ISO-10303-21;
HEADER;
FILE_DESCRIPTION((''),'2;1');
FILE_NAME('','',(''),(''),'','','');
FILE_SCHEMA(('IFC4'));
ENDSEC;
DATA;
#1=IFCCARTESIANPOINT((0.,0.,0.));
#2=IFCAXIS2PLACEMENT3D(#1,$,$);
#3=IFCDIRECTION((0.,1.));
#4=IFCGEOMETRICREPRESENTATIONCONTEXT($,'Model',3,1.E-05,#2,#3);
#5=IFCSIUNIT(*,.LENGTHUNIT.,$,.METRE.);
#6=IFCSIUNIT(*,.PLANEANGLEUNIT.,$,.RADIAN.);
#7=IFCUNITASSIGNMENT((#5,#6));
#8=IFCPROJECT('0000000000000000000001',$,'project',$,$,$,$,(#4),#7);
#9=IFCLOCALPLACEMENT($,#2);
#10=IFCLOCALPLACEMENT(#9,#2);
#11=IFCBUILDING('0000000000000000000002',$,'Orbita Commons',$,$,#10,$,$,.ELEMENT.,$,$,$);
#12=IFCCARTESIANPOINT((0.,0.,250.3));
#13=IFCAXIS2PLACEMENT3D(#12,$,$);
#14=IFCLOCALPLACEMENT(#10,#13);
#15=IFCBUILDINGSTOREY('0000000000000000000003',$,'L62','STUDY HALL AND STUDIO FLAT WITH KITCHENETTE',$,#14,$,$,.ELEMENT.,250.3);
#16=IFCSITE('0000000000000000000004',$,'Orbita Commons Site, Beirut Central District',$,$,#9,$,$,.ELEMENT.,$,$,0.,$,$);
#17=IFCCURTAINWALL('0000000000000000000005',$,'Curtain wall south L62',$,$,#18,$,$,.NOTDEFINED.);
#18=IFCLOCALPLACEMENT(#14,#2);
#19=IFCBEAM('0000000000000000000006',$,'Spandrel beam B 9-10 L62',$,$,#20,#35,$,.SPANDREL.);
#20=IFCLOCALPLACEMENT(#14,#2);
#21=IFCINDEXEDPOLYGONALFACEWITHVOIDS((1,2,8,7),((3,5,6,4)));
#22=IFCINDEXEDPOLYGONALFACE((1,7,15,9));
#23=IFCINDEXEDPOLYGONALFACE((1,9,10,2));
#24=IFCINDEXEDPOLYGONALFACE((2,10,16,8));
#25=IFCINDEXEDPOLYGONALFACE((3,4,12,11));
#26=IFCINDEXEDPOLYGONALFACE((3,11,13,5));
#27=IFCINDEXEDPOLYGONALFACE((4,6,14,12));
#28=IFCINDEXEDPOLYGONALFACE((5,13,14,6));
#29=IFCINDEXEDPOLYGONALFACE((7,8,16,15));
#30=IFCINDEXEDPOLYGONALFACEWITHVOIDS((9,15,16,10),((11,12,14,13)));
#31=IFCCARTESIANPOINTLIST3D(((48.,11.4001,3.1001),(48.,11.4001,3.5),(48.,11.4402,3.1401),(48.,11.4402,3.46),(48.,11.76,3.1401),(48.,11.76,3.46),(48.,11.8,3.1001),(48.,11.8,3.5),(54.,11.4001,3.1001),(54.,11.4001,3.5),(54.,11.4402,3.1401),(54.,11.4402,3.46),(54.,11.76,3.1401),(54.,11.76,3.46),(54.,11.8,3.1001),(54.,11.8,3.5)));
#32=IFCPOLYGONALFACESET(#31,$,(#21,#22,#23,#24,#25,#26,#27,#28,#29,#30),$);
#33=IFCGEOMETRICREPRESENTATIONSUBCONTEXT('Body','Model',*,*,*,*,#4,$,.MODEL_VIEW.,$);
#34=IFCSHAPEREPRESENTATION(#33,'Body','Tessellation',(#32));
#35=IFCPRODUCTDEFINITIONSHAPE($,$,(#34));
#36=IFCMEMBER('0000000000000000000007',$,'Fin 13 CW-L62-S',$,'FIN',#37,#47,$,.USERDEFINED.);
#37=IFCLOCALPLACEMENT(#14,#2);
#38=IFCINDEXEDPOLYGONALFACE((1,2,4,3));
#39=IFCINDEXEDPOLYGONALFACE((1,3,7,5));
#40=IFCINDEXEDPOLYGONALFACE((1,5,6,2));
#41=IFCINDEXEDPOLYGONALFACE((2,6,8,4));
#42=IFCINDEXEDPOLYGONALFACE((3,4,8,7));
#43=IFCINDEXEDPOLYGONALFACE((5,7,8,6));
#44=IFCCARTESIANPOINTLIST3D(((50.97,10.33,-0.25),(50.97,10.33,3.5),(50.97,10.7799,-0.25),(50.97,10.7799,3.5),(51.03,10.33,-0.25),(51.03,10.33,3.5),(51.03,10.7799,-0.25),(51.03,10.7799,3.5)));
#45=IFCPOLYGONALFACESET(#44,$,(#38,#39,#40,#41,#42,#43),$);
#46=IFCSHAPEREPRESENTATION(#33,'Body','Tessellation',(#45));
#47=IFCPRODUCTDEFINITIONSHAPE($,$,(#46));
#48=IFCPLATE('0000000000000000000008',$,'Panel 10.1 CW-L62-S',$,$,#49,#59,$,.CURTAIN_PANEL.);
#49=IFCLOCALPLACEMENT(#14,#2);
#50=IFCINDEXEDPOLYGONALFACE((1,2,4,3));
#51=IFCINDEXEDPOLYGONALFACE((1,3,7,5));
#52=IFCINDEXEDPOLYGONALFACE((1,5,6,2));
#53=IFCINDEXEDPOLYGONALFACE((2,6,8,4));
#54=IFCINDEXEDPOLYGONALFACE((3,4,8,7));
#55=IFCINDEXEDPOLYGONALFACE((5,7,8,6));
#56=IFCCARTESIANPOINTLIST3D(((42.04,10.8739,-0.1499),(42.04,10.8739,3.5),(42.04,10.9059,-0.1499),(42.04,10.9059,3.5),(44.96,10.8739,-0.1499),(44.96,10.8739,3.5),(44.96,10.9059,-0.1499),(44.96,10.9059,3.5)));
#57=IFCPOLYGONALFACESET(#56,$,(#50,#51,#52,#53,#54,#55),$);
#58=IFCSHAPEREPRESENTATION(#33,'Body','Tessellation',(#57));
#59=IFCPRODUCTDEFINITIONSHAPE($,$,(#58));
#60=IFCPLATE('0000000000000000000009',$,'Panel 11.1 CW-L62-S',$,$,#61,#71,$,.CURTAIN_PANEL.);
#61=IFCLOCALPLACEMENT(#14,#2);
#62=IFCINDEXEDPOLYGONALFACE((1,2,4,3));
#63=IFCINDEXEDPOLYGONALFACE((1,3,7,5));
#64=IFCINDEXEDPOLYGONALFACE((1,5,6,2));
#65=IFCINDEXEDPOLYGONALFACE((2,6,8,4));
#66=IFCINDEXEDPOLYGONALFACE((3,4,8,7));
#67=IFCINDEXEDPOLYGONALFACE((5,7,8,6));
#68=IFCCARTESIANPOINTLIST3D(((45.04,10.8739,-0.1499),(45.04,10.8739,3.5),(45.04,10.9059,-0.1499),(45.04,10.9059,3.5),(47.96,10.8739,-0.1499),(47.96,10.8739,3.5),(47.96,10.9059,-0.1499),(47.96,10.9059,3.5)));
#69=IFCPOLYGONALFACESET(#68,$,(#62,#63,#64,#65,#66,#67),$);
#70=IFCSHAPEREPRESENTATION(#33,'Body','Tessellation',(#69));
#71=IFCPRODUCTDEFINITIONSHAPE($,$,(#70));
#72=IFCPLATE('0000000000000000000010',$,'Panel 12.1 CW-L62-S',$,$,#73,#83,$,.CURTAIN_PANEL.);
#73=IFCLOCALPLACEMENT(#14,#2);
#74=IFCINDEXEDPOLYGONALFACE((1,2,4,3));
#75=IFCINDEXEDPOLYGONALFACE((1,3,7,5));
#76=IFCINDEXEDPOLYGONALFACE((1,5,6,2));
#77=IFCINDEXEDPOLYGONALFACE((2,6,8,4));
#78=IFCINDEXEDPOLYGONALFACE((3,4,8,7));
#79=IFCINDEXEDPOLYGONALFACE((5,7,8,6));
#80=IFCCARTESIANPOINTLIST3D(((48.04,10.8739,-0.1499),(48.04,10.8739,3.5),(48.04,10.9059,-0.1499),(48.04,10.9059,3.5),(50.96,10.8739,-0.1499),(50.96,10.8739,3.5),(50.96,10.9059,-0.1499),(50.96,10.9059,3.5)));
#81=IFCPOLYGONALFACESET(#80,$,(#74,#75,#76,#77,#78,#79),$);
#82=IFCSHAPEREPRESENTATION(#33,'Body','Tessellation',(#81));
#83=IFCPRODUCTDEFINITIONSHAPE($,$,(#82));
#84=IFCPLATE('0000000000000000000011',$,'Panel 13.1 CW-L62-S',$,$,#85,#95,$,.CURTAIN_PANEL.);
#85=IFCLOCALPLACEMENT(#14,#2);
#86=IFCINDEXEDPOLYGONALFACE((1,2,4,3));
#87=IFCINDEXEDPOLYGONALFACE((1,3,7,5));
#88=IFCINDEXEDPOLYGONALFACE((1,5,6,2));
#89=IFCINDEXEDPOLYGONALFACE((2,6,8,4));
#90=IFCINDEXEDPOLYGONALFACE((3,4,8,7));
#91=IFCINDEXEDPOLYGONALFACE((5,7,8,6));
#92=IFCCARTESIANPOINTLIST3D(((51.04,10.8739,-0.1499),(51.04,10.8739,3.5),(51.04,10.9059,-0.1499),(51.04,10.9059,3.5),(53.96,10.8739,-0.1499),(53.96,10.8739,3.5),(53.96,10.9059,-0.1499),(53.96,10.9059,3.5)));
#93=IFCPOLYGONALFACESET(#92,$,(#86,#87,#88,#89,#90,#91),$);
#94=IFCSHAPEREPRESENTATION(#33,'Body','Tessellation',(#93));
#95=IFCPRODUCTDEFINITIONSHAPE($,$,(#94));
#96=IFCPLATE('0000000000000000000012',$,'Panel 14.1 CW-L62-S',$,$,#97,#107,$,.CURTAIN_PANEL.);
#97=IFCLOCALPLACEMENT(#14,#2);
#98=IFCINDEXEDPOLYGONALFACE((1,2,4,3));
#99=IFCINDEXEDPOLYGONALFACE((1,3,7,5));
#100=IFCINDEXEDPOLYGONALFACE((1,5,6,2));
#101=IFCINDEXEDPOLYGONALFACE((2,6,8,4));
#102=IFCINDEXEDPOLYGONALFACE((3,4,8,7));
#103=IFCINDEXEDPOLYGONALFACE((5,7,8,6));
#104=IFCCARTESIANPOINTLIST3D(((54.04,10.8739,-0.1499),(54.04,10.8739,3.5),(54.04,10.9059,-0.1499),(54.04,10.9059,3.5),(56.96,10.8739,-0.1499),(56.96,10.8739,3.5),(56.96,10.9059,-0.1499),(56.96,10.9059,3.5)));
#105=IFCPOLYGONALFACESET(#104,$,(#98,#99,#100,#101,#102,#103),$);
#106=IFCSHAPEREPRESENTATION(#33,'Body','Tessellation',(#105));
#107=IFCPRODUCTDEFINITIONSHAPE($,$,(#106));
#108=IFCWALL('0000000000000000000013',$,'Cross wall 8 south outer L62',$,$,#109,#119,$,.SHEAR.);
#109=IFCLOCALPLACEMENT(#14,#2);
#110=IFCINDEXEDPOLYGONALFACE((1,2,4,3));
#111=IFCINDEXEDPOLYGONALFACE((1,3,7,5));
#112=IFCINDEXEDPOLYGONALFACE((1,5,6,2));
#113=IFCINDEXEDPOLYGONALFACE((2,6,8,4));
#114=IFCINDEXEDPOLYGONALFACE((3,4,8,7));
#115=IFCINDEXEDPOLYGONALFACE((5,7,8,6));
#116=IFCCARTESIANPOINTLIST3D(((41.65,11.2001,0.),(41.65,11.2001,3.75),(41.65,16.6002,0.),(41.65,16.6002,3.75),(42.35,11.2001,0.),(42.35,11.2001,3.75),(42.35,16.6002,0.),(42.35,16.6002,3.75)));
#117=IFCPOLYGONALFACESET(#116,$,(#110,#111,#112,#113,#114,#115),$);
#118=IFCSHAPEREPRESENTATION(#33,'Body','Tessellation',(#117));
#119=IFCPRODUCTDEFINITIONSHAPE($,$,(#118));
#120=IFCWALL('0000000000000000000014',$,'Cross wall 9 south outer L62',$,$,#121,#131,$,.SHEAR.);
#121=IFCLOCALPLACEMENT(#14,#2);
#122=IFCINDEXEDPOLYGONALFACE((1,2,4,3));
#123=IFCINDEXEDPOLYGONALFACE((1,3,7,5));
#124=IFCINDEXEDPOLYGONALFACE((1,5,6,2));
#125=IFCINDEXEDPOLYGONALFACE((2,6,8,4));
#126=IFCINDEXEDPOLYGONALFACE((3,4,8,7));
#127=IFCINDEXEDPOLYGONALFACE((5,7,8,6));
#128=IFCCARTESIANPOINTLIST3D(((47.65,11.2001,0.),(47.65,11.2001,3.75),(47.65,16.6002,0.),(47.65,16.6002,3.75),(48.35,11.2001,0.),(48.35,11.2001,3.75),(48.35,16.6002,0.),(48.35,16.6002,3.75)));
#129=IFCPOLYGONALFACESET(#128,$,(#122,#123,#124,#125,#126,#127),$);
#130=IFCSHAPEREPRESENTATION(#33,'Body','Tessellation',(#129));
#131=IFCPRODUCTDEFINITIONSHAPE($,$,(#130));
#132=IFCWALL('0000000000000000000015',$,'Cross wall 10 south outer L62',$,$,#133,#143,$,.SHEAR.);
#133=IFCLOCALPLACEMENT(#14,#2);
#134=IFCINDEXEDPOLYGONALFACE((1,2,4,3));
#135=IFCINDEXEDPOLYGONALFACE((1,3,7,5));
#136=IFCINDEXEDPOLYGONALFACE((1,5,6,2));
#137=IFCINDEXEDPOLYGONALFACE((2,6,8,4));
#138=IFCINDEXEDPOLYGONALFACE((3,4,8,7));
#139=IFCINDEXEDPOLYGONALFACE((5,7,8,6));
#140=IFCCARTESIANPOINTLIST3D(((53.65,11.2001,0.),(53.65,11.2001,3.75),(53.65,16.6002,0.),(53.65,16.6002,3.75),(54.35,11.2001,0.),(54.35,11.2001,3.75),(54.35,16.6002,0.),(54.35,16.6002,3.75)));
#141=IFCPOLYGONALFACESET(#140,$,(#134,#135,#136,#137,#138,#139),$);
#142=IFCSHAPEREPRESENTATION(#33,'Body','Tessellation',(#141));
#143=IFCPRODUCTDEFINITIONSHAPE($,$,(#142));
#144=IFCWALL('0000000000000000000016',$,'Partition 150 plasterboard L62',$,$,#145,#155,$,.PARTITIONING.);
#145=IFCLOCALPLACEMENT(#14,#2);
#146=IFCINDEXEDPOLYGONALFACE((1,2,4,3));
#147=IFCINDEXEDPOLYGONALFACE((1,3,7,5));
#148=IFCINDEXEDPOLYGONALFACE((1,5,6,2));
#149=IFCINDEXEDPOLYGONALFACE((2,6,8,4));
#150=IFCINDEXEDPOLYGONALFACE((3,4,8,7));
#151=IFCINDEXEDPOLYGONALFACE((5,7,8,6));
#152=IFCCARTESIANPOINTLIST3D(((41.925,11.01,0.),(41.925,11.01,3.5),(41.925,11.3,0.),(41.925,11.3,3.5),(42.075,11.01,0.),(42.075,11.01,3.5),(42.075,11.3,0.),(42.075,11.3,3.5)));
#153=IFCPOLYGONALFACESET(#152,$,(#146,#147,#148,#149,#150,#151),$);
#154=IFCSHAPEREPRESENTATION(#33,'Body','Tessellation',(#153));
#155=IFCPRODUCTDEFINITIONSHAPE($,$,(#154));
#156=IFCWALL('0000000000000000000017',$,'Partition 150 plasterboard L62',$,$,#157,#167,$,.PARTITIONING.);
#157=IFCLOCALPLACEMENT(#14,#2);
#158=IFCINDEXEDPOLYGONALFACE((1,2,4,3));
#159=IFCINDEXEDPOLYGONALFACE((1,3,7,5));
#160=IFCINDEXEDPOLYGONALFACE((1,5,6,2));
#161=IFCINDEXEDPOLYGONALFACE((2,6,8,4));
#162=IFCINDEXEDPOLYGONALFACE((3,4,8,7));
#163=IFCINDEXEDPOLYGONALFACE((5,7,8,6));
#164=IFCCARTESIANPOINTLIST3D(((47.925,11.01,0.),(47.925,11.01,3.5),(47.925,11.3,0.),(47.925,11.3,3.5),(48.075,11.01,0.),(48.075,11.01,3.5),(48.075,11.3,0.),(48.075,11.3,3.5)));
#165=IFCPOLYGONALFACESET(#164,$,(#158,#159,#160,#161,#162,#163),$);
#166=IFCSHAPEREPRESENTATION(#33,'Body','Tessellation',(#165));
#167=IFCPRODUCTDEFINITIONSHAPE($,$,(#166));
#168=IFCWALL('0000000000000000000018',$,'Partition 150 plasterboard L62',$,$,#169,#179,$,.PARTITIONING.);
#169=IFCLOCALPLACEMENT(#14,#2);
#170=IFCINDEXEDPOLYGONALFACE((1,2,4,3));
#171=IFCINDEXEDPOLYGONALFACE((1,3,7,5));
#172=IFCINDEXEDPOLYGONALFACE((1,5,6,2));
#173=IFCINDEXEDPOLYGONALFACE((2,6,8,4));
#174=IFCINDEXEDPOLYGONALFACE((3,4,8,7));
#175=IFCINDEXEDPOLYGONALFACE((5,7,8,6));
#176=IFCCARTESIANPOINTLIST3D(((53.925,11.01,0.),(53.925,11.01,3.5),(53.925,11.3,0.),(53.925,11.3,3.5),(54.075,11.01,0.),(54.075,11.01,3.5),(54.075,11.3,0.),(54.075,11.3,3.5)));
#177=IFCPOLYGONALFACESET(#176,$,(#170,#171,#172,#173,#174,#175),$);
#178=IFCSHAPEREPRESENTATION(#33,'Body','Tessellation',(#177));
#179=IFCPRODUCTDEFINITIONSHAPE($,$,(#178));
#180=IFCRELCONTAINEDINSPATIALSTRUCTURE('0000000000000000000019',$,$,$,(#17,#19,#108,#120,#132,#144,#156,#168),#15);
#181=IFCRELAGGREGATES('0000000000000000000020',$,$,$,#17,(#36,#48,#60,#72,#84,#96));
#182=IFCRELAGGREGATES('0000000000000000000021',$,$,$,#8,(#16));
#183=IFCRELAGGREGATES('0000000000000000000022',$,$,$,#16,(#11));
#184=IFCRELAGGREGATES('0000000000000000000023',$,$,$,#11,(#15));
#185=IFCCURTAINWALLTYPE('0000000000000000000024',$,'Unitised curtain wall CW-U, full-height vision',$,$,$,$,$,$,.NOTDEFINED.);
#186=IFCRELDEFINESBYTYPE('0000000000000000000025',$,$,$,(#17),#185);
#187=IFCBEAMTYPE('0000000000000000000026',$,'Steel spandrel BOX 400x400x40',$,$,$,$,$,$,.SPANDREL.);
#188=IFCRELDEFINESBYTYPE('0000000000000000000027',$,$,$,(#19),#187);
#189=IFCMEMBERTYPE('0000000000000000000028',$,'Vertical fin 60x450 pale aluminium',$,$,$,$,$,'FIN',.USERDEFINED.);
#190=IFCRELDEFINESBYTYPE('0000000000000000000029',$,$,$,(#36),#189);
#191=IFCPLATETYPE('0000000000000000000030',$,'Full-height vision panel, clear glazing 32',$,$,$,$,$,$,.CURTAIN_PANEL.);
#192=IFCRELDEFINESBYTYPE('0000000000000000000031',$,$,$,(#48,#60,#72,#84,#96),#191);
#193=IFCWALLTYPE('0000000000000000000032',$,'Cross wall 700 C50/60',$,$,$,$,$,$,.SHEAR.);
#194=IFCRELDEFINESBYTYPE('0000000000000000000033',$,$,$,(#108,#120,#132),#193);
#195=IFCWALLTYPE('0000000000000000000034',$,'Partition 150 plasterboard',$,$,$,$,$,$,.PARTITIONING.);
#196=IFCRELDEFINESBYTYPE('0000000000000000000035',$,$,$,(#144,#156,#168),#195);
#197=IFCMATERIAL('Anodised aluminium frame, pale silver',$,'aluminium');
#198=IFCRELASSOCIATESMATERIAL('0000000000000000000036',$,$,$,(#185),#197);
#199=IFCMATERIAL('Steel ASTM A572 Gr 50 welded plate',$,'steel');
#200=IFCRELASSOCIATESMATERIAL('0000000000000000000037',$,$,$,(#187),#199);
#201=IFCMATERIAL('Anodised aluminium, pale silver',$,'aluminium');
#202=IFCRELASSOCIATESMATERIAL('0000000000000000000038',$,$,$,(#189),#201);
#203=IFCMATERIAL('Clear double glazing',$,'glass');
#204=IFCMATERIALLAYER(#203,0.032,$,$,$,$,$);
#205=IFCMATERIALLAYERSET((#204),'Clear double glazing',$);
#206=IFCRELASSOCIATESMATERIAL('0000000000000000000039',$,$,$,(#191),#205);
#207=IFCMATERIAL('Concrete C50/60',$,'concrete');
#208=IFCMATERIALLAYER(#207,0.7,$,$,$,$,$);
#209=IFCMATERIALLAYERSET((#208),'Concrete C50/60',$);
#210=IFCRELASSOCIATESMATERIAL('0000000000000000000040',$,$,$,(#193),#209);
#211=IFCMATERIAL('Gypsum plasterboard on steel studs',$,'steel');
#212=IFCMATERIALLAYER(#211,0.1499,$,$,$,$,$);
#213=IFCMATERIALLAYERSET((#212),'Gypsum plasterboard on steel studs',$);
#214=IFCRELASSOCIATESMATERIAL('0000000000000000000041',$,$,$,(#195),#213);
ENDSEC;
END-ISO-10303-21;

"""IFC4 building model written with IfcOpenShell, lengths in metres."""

from ifc_helpers import new_model, si_unit, direction, frame, frame_2d, origin, origin_2d, place, context, subcontext, project, spatial, rectangle, hollow_rectangle, extrude, material, layer, layer_set, material_profile, profile_set, type_object, element, aggregate, save


model = new_model("IFC4")

# Units and contexts
model_context = context("Model", 3, precision=1e-05, world=origin(), true_north=direction((0.0, 1.0)))
body_context = subcontext(model_context, "Body", "Model", "MODEL_VIEW")
ifc_project = project(units=[si_unit("LENGTHUNIT", "METRE"), si_unit("PLANEANGLEUNIT", "RADIAN")], contexts=[model_context])

# Site, building, storey
site_placement = place(None, origin())
site = spatial("IfcSite", under=ifc_project, at=site_placement, Name="Orbita Commons Site, Beirut Central District", CompositionType="ELEMENT", RefElevation=0.0)
building_placement = place(site_placement, origin())
building = spatial("IfcBuilding", under=site, at=building_placement, Name="Orbita Commons", CompositionType="ELEMENT")
storey_placement = place(building_placement, frame((0.0, 0.0, 250.3)))
storey = spatial("IfcBuildingStorey", under=building, at=storey_placement, Name="L62", Description="STUDY HALL AND STUDIO FLAT WITH KITCHENETTE", CompositionType="ELEMENT", Elevation=250.3)

# Curtain wall
ifc_material_1 = material(Name="Anodised aluminium frame, pale silver", Category="aluminium")
curtain_wall_type = type_object("IfcCurtainWallType", Name="Unitised curtain wall CW-U, full-height vision", PredefinedType="NOTDEFINED", material=ifc_material_1)
curtain_wall_placement = place(storey_placement, origin())
curtain_wall = element("IfcCurtainWall", 1, at=curtain_wall_placement, inside=storey, type_object=curtain_wall_type, Name="Curtain wall south L62", PredefinedType="NOTDEFINED")

# Beam
ifc_material_2 = material(Name="Steel ASTM A572 Gr 50 welded plate", Category="steel")
ifc_material_profile_1 = material_profile(ifc_material_2, hollow_rectangle(XDim=0.3999, YDim=0.3999, WallThickness=0.04, at=origin_2d()), Name="BOX 400x400x40")
ifc_profile_set_1 = profile_set([ifc_material_profile_1], Name="Steel ASTM A572 Gr 50 welded plate")
beam_type = type_object("IfcBeamType", Name="Steel spandrel BOX 400x400x40", PredefinedType="SPANDREL", material=ifc_profile_set_1)
for number, where, z_axis, x_axis, name in (
    (2, (48.0, 11.6001, 3.3), (1.0, 0.0, 0.0), (0.0, 1.0, 0.0), "Spandrel beam B 9-10 L62"),
):
    element("IfcBeam", number, at=place(storey_placement, frame(where, z_axis=z_axis, x_axis=x_axis)), inside=storey, type_object=beam_type, Name=name, PredefinedType="SPANDREL", context=body_context, shape_type="SweptSolid", body=[
        extrude(hollow_rectangle(XDim=0.3999, YDim=0.3999, WallThickness=0.04, at=origin_2d()), origin(), (0.0, 0.0, 1.0), 6.0),
    ])

# Member
ifc_material_3 = material(Name="Anodised aluminium, pale silver", Category="aluminium")
ifc_material_profile_2 = material_profile(ifc_material_3, rectangle(XDim=0.0601, YDim=0.45, at=origin_2d()), Name="FIN 60x450")
ifc_profile_set_2 = profile_set([ifc_material_profile_2], Name="Anodised aluminium, pale silver")
member_type_1 = type_object("IfcMemberType", Name="Vertical fin 60x450 pale aluminium", ElementType="FIN", PredefinedType="USERDEFINED", material=ifc_profile_set_2)
member_1_placement = place(storey_placement, frame((51.0, 10.5549, -0.25), z_axis=(0.0, 0.0, 1.0), x_axis=(1.0, 0.0, 0.0)))
member_1 = element("IfcMember", 3, at=member_1_placement, type_object=member_type_1, Name="Fin 13 CW-L62-S", ObjectType="FIN", PredefinedType="USERDEFINED", context=body_context, shape_type="SweptSolid", body=[
    extrude(rectangle(XDim=0.0601, YDim=0.45, at=origin_2d()), origin(), (0.0, 0.0, 1.0), 3.75),
])

# Plates
ifc_material_4 = material(Name="Clear double glazing", Category="glass")
ifc_layer_1 = layer(ifc_material_4, 0.032)
ifc_layer_set_1 = layer_set([ifc_layer_1], Name="Clear double glazing")
plate_type = type_object("IfcPlateType", Name="Full-height vision panel, clear glazing 32", PredefinedType="CURTAIN_PANEL", material=ifc_layer_set_1)
plate_1_placement = place(storey_placement, frame((43.5, 10.8899, -0.1499), z_axis=(0.0, 0.0, 1.0), x_axis=(1.0, 0.0, 0.0)))
plate_1 = element("IfcPlate", 4, at=plate_1_placement, type_object=plate_type, Name="Panel 10.1 CW-L62-S", PredefinedType="CURTAIN_PANEL", context=body_context, shape_type="SweptSolid", body=[
    extrude(rectangle(XDim=2.9199, YDim=0.032, at=origin_2d()), origin(), (0.0, 0.0, 1.0), 3.6499),
])
plate_2_placement = place(storey_placement, frame((46.5, 10.8899, -0.1499), z_axis=(0.0, 0.0, 1.0), x_axis=(1.0, 0.0, 0.0)))
plate_2 = element("IfcPlate", 5, at=plate_2_placement, type_object=plate_type, Name="Panel 11.1 CW-L62-S", PredefinedType="CURTAIN_PANEL", context=body_context, shape_type="SweptSolid", body=[
    extrude(rectangle(XDim=2.9199, YDim=0.032, at=origin_2d()), origin(), (0.0, 0.0, 1.0), 3.6499),
])
plate_3_placement = place(storey_placement, frame((49.5, 10.8899, -0.1499), z_axis=(0.0, 0.0, 1.0), x_axis=(1.0, 0.0, 0.0)))
plate_3 = element("IfcPlate", 6, at=plate_3_placement, type_object=plate_type, Name="Panel 12.1 CW-L62-S", PredefinedType="CURTAIN_PANEL", context=body_context, shape_type="SweptSolid", body=[
    extrude(rectangle(XDim=2.9199, YDim=0.032, at=origin_2d()), origin(), (0.0, 0.0, 1.0), 3.6499),
])
plate_4_placement = place(storey_placement, frame((52.5, 10.8899, -0.1499), z_axis=(0.0, 0.0, 1.0), x_axis=(1.0, 0.0, 0.0)))
plate_4 = element("IfcPlate", 7, at=plate_4_placement, type_object=plate_type, Name="Panel 13.1 CW-L62-S", PredefinedType="CURTAIN_PANEL", context=body_context, shape_type="SweptSolid", body=[
    extrude(rectangle(XDim=2.9199, YDim=0.032, at=origin_2d()), origin(), (0.0, 0.0, 1.0), 3.6499),
])
plate_5_placement = place(storey_placement, frame((55.5, 10.8899, -0.1499), z_axis=(0.0, 0.0, 1.0), x_axis=(1.0, 0.0, 0.0)))
plate_5 = element("IfcPlate", 8, at=plate_5_placement, type_object=plate_type, Name="Panel 14.1 CW-L62-S", PredefinedType="CURTAIN_PANEL", context=body_context, shape_type="SweptSolid", body=[
    extrude(rectangle(XDim=2.9199, YDim=0.032, at=origin_2d()), origin(), (0.0, 0.0, 1.0), 3.6499),
])
aggregate(curtain_wall, [member_1, plate_1, plate_2, plate_3, plate_4, plate_5])

# Walls
ifc_material_5 = material(Name="Concrete C50/60", Category="concrete")
ifc_layer_2 = layer(ifc_material_5, 0.7)
ifc_layer_set_2 = layer_set([ifc_layer_2], Name="Concrete C50/60")
wall_type_1 = type_object("IfcWallType", Name="Cross wall 700 C50/60", PredefinedType="SHEAR", material=ifc_layer_set_2)
for number, where, z_axis, x_axis, name in (
    (9, (42.0, 11.2, 0.0), (0.0, 0.0, 1.0), (0.0, 1.0, 0.0), "Cross wall 8 south outer L62"),
    (10, (48.0, 11.2, 0.0), (0.0, 0.0, 1.0), (0.0, 1.0, 0.0), "Cross wall 9 south outer L62"),
    (11, (54.0, 11.2, 0.0), (0.0, 0.0, 1.0), (0.0, 1.0, 0.0), "Cross wall 10 south outer L62"),
):
    element("IfcWall", number, at=place(storey_placement, frame(where, z_axis=z_axis, x_axis=x_axis)), inside=storey, type_object=wall_type_1, Name=name, PredefinedType="SHEAR", context=body_context, shape_type="SweptSolid", body=[
        extrude(rectangle(XDim=5.4001, YDim=0.7, at=frame_2d((2.7002, 0.0))), origin(), (0.0, 0.0, 1.0), 3.75),
    ])
ifc_material_6 = material(Name="Gypsum plasterboard on steel studs", Category="steel")
ifc_layer_3 = layer(ifc_material_6, 0.1499)
ifc_layer_set_3 = layer_set([ifc_layer_3], Name="Gypsum plasterboard on steel studs")
wall_type_2 = type_object("IfcWallType", Name="Partition 150 plasterboard", PredefinedType="PARTITIONING", material=ifc_layer_set_3)
for number, where, z_axis, x_axis, name in (
    (12, (42.0, 11.3, 0.0), (0.0, 0.0, 1.0), (0.0, -1.0, 0.0), "Partition 150 plasterboard L62"),
    (13, (48.0, 11.3, 0.0), (0.0, 0.0, 1.0), (0.0, -1.0, 0.0), "Partition 150 plasterboard L62"),
    (14, (54.0, 11.3, 0.0), (0.0, 0.0, 1.0), (0.0, -1.0, 0.0), "Partition 150 plasterboard L62"),
):
    element("IfcWall", number, at=place(storey_placement, frame(where, z_axis=z_axis, x_axis=x_axis)), inside=storey, type_object=wall_type_2, Name=name, PredefinedType="PARTITIONING", context=body_context, shape_type="SweptSolid", body=[
        extrude(rectangle(XDim=0.29, YDim=0.1499, at=frame_2d((0.145, 0.0))), origin(), (0.0, 0.0, 1.0), 3.5),
    ])

save(model, "model.ifc")
